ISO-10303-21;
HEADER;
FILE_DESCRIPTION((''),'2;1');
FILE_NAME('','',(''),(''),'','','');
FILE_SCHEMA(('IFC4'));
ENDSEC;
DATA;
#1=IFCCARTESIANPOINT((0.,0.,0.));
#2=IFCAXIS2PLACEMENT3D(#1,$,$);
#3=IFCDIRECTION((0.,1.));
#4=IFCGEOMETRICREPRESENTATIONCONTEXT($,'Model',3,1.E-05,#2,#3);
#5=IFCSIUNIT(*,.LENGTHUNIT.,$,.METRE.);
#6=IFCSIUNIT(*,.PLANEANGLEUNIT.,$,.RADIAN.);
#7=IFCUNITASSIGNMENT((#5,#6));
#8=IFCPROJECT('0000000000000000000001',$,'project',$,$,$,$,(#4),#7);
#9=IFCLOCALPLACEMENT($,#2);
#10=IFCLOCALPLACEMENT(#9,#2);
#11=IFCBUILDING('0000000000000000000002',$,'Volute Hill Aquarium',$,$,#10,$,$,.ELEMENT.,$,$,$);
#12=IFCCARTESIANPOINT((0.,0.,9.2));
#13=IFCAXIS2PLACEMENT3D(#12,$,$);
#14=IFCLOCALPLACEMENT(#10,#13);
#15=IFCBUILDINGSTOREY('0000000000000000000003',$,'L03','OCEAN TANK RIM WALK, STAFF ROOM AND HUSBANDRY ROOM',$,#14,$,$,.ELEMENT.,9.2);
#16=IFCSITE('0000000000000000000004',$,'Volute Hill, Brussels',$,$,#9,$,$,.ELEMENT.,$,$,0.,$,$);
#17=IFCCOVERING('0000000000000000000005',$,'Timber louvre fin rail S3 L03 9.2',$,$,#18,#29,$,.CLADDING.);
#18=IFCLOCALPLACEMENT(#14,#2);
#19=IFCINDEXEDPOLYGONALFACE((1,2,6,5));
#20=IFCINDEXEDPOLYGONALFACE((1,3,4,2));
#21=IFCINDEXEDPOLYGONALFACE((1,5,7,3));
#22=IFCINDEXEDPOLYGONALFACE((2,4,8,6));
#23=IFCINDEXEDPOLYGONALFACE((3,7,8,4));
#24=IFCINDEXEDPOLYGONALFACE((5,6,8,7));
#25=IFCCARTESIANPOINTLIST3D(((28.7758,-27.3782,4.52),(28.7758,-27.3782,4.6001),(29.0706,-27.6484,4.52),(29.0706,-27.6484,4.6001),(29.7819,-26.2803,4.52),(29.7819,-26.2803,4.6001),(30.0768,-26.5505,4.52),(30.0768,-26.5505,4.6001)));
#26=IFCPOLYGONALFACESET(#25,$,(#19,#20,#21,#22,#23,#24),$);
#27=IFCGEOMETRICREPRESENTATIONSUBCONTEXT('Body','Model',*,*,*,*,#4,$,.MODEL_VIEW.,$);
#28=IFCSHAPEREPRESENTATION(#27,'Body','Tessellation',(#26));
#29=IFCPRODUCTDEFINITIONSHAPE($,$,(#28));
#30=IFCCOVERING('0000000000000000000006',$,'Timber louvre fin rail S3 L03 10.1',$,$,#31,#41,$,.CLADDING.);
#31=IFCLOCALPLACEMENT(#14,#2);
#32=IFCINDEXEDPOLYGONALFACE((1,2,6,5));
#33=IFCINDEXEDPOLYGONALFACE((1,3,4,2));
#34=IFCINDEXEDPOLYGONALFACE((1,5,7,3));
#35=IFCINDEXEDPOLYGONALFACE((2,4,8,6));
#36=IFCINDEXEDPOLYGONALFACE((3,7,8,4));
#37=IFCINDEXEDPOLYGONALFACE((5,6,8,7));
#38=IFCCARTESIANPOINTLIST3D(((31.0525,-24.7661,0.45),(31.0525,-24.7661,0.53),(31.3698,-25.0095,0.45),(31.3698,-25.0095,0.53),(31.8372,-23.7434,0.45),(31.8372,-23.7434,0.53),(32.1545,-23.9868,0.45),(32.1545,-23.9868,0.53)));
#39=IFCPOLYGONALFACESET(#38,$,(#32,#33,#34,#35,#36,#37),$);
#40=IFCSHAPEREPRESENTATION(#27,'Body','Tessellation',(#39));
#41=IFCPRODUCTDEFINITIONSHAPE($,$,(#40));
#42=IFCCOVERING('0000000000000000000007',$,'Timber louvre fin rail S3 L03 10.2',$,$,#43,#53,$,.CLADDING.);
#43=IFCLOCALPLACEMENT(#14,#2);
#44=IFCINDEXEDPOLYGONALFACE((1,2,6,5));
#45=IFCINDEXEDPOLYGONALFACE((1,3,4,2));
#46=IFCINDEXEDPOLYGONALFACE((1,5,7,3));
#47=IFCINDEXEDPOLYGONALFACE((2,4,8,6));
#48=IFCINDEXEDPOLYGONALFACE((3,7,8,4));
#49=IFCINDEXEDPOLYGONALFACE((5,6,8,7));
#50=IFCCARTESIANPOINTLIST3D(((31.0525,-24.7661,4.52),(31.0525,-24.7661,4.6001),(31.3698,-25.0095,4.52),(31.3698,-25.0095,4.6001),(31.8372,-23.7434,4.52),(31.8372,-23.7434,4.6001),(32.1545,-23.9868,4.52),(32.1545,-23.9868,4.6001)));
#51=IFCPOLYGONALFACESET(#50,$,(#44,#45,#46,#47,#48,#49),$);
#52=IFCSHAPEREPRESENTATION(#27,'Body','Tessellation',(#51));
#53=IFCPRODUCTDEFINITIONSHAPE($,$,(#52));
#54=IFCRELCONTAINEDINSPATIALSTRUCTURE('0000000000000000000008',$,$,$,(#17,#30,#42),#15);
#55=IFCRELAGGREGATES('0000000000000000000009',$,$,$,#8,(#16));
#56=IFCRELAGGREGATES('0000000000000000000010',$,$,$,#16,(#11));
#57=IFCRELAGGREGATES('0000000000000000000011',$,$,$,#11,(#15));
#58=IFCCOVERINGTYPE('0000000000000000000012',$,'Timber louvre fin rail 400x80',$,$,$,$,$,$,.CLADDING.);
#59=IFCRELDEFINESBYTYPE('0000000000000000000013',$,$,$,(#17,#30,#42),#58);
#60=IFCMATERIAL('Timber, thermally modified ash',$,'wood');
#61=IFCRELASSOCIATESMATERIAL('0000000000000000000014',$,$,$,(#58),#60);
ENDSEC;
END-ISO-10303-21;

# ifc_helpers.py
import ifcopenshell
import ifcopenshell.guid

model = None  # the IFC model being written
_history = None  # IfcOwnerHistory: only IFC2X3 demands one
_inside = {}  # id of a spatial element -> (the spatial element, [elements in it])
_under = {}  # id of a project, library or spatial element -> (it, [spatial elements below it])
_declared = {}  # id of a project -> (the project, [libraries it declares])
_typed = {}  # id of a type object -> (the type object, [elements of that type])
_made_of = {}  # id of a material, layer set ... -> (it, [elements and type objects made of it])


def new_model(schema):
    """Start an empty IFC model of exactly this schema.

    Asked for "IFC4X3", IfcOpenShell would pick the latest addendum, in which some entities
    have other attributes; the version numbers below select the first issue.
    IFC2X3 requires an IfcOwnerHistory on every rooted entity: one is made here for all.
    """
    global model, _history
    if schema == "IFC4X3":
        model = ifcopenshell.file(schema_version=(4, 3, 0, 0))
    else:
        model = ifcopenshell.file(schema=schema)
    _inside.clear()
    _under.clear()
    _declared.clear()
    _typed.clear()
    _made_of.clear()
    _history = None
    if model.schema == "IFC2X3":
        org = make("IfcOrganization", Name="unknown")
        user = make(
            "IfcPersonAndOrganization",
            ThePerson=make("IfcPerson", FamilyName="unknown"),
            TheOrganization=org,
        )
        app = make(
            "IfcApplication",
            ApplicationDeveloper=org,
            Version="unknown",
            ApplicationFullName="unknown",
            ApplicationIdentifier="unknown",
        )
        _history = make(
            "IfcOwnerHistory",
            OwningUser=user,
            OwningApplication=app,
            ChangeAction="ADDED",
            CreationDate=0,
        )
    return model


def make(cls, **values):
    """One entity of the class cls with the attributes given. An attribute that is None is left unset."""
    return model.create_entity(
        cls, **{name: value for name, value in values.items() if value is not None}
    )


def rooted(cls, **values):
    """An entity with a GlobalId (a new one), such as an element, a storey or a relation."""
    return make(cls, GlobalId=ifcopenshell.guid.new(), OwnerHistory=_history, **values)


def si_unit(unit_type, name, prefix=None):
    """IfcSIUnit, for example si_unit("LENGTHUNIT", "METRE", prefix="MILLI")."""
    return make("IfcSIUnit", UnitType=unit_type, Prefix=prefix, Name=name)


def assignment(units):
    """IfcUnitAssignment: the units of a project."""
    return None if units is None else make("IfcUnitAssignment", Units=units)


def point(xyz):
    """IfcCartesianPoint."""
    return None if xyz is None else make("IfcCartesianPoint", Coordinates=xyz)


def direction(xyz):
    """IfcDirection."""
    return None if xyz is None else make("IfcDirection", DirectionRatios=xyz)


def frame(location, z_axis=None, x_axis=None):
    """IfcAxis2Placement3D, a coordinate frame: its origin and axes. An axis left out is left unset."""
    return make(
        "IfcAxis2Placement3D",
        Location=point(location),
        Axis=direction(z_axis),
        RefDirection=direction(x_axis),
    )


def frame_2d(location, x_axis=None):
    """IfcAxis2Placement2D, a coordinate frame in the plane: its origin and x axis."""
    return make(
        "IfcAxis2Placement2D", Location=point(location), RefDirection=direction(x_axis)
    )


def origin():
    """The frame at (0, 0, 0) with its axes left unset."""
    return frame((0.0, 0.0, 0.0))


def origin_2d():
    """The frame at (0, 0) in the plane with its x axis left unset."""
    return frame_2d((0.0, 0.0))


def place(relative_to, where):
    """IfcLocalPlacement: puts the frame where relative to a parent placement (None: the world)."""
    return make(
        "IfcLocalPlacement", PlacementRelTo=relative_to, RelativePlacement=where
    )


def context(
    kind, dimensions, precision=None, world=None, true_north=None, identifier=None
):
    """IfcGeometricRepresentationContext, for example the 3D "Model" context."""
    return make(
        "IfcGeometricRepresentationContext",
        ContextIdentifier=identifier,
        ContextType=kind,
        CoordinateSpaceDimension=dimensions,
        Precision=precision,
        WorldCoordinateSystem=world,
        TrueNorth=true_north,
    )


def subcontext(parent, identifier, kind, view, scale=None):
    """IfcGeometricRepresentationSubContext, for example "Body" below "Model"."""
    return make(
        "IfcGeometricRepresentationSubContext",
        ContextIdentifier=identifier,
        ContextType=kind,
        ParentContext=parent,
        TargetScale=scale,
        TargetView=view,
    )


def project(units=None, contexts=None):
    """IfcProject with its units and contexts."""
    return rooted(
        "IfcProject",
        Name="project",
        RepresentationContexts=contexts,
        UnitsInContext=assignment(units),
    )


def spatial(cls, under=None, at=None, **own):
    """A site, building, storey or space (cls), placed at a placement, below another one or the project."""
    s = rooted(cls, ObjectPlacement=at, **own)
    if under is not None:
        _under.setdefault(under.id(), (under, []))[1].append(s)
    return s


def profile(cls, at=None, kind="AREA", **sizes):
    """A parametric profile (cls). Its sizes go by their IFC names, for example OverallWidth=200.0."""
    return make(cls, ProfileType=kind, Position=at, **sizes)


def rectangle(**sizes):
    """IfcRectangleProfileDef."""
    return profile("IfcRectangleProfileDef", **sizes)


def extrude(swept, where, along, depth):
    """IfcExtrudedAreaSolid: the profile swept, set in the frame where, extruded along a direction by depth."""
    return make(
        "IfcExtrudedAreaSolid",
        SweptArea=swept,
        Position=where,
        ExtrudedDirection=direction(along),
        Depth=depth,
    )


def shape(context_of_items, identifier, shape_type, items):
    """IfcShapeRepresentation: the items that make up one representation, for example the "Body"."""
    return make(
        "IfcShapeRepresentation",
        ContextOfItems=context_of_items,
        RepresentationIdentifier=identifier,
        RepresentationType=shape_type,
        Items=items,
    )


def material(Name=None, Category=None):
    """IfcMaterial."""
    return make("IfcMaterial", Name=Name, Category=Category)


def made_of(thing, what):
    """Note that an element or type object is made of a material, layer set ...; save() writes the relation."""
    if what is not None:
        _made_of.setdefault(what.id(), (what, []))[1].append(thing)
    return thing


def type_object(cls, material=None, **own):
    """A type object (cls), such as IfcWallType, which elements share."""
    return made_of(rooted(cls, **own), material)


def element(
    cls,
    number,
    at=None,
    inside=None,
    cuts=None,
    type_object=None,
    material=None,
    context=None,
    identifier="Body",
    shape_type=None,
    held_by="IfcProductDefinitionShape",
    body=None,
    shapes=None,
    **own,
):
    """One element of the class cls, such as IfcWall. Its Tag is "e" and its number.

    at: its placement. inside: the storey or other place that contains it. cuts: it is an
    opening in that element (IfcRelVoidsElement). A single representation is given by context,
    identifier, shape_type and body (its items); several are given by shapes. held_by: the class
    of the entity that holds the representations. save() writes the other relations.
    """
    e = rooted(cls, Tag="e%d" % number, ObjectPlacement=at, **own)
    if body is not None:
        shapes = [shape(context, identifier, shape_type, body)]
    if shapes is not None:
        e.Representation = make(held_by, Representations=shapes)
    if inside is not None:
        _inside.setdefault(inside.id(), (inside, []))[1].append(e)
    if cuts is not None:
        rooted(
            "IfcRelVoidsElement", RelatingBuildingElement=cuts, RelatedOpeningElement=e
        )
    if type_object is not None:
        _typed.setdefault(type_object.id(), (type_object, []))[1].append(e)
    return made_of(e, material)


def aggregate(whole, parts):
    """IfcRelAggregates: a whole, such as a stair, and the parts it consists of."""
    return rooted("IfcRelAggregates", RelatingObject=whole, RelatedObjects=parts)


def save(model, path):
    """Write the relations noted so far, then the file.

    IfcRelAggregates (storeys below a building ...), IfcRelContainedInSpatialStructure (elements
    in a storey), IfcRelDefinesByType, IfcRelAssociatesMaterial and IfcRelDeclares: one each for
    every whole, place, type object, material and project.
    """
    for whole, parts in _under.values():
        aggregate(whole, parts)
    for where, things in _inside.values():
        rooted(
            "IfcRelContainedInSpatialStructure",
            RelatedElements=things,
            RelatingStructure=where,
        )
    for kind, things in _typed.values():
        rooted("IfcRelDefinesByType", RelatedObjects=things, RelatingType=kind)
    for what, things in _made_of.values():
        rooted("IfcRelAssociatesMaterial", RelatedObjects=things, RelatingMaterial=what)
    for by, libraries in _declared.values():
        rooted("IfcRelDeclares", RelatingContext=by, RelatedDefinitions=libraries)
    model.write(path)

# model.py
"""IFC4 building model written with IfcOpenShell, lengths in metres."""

from ifc_helpers import new_model, si_unit, direction, frame, origin, origin_2d, place, context, subcontext, project, spatial, rectangle, extrude, material, type_object, element, save


model = new_model("IFC4")

# Units and contexts
model_context = context("Model", 3, precision=1e-05, world=origin(), true_north=direction((0.0, 1.0)))
body_context = subcontext(model_context, "Body", "Model", "MODEL_VIEW")
ifc_project = project(units=[si_unit("LENGTHUNIT", "METRE"), si_unit("PLANEANGLEUNIT", "RADIAN")], contexts=[model_context])

# Site, building, storey
site_placement = place(None, origin())
site = spatial("IfcSite", under=ifc_project, at=site_placement, Name="Volute Hill, Brussels", CompositionType="ELEMENT", RefElevation=0.0)
building_placement = place(site_placement, origin())
building = spatial("IfcBuilding", under=site, at=building_placement, Name="Volute Hill Aquarium", CompositionType="ELEMENT")
storey_placement = place(building_placement, frame((0.0, 0.0, 9.2)))
storey = spatial("IfcBuildingStorey", under=building, at=storey_placement, Name="L03", Description="OCEAN TANK RIM WALK, STAFF ROOM AND HUSBANDRY ROOM", CompositionType="ELEMENT", Elevation=9.2)

# Coverings
ifc_material_1 = material(Name="Timber, thermally modified ash", Category="wood")
covering_type_1 = type_object("IfcCoveringType", Name="Timber louvre fin rail 400x80", PredefinedType="CLADDING", material=ifc_material_1)
for number, where, z_axis, x_axis, name in (
    (1, (29.4263, -26.9644, 4.52), (0.0, 0.0, 1.0), (0.675612, 0.737257, 0.0), "Timber louvre fin rail S3 L03 9.2"),
):
    element("IfcCovering", number, at=place(storey_placement, frame(where, z_axis=z_axis, x_axis=x_axis)), inside=storey, type_object=covering_type_1, Name=name, PredefinedType="CLADDING", context=body_context, shape_type="SweptSolid", body=[
        extrude(rectangle(XDim=1.4893, YDim=0.3999, at=origin_2d()), origin(), (0.0, 0.0, 1.0), 0.0801),
    ])
for number, where, z_axis, x_axis, name in (
    (2, (31.6035, -24.3765, 0.45), (0.0, 0.0, 1.0), (0.608746, 0.793365, 0.0), "Timber louvre fin rail S3 L03 10.1"),
    (3, (31.6035, -24.3765, 4.52), (0.0, 0.0, 1.0), (0.608746, 0.793365, 0.0), "Timber louvre fin rail S3 L03 10.2"),
):
    element("IfcCovering", number, at=place(storey_placement, frame(where, z_axis=z_axis, x_axis=x_axis)), inside=storey, type_object=covering_type_1, Name=name, PredefinedType="CLADDING", context=body_context, shape_type="SweptSolid", body=[
        extrude(rectangle(XDim=1.2891, YDim=0.3999, at=origin_2d()), origin(), (0.0, 0.0, 1.0), 0.0801),
    ])

save(model, "model.ifc")
